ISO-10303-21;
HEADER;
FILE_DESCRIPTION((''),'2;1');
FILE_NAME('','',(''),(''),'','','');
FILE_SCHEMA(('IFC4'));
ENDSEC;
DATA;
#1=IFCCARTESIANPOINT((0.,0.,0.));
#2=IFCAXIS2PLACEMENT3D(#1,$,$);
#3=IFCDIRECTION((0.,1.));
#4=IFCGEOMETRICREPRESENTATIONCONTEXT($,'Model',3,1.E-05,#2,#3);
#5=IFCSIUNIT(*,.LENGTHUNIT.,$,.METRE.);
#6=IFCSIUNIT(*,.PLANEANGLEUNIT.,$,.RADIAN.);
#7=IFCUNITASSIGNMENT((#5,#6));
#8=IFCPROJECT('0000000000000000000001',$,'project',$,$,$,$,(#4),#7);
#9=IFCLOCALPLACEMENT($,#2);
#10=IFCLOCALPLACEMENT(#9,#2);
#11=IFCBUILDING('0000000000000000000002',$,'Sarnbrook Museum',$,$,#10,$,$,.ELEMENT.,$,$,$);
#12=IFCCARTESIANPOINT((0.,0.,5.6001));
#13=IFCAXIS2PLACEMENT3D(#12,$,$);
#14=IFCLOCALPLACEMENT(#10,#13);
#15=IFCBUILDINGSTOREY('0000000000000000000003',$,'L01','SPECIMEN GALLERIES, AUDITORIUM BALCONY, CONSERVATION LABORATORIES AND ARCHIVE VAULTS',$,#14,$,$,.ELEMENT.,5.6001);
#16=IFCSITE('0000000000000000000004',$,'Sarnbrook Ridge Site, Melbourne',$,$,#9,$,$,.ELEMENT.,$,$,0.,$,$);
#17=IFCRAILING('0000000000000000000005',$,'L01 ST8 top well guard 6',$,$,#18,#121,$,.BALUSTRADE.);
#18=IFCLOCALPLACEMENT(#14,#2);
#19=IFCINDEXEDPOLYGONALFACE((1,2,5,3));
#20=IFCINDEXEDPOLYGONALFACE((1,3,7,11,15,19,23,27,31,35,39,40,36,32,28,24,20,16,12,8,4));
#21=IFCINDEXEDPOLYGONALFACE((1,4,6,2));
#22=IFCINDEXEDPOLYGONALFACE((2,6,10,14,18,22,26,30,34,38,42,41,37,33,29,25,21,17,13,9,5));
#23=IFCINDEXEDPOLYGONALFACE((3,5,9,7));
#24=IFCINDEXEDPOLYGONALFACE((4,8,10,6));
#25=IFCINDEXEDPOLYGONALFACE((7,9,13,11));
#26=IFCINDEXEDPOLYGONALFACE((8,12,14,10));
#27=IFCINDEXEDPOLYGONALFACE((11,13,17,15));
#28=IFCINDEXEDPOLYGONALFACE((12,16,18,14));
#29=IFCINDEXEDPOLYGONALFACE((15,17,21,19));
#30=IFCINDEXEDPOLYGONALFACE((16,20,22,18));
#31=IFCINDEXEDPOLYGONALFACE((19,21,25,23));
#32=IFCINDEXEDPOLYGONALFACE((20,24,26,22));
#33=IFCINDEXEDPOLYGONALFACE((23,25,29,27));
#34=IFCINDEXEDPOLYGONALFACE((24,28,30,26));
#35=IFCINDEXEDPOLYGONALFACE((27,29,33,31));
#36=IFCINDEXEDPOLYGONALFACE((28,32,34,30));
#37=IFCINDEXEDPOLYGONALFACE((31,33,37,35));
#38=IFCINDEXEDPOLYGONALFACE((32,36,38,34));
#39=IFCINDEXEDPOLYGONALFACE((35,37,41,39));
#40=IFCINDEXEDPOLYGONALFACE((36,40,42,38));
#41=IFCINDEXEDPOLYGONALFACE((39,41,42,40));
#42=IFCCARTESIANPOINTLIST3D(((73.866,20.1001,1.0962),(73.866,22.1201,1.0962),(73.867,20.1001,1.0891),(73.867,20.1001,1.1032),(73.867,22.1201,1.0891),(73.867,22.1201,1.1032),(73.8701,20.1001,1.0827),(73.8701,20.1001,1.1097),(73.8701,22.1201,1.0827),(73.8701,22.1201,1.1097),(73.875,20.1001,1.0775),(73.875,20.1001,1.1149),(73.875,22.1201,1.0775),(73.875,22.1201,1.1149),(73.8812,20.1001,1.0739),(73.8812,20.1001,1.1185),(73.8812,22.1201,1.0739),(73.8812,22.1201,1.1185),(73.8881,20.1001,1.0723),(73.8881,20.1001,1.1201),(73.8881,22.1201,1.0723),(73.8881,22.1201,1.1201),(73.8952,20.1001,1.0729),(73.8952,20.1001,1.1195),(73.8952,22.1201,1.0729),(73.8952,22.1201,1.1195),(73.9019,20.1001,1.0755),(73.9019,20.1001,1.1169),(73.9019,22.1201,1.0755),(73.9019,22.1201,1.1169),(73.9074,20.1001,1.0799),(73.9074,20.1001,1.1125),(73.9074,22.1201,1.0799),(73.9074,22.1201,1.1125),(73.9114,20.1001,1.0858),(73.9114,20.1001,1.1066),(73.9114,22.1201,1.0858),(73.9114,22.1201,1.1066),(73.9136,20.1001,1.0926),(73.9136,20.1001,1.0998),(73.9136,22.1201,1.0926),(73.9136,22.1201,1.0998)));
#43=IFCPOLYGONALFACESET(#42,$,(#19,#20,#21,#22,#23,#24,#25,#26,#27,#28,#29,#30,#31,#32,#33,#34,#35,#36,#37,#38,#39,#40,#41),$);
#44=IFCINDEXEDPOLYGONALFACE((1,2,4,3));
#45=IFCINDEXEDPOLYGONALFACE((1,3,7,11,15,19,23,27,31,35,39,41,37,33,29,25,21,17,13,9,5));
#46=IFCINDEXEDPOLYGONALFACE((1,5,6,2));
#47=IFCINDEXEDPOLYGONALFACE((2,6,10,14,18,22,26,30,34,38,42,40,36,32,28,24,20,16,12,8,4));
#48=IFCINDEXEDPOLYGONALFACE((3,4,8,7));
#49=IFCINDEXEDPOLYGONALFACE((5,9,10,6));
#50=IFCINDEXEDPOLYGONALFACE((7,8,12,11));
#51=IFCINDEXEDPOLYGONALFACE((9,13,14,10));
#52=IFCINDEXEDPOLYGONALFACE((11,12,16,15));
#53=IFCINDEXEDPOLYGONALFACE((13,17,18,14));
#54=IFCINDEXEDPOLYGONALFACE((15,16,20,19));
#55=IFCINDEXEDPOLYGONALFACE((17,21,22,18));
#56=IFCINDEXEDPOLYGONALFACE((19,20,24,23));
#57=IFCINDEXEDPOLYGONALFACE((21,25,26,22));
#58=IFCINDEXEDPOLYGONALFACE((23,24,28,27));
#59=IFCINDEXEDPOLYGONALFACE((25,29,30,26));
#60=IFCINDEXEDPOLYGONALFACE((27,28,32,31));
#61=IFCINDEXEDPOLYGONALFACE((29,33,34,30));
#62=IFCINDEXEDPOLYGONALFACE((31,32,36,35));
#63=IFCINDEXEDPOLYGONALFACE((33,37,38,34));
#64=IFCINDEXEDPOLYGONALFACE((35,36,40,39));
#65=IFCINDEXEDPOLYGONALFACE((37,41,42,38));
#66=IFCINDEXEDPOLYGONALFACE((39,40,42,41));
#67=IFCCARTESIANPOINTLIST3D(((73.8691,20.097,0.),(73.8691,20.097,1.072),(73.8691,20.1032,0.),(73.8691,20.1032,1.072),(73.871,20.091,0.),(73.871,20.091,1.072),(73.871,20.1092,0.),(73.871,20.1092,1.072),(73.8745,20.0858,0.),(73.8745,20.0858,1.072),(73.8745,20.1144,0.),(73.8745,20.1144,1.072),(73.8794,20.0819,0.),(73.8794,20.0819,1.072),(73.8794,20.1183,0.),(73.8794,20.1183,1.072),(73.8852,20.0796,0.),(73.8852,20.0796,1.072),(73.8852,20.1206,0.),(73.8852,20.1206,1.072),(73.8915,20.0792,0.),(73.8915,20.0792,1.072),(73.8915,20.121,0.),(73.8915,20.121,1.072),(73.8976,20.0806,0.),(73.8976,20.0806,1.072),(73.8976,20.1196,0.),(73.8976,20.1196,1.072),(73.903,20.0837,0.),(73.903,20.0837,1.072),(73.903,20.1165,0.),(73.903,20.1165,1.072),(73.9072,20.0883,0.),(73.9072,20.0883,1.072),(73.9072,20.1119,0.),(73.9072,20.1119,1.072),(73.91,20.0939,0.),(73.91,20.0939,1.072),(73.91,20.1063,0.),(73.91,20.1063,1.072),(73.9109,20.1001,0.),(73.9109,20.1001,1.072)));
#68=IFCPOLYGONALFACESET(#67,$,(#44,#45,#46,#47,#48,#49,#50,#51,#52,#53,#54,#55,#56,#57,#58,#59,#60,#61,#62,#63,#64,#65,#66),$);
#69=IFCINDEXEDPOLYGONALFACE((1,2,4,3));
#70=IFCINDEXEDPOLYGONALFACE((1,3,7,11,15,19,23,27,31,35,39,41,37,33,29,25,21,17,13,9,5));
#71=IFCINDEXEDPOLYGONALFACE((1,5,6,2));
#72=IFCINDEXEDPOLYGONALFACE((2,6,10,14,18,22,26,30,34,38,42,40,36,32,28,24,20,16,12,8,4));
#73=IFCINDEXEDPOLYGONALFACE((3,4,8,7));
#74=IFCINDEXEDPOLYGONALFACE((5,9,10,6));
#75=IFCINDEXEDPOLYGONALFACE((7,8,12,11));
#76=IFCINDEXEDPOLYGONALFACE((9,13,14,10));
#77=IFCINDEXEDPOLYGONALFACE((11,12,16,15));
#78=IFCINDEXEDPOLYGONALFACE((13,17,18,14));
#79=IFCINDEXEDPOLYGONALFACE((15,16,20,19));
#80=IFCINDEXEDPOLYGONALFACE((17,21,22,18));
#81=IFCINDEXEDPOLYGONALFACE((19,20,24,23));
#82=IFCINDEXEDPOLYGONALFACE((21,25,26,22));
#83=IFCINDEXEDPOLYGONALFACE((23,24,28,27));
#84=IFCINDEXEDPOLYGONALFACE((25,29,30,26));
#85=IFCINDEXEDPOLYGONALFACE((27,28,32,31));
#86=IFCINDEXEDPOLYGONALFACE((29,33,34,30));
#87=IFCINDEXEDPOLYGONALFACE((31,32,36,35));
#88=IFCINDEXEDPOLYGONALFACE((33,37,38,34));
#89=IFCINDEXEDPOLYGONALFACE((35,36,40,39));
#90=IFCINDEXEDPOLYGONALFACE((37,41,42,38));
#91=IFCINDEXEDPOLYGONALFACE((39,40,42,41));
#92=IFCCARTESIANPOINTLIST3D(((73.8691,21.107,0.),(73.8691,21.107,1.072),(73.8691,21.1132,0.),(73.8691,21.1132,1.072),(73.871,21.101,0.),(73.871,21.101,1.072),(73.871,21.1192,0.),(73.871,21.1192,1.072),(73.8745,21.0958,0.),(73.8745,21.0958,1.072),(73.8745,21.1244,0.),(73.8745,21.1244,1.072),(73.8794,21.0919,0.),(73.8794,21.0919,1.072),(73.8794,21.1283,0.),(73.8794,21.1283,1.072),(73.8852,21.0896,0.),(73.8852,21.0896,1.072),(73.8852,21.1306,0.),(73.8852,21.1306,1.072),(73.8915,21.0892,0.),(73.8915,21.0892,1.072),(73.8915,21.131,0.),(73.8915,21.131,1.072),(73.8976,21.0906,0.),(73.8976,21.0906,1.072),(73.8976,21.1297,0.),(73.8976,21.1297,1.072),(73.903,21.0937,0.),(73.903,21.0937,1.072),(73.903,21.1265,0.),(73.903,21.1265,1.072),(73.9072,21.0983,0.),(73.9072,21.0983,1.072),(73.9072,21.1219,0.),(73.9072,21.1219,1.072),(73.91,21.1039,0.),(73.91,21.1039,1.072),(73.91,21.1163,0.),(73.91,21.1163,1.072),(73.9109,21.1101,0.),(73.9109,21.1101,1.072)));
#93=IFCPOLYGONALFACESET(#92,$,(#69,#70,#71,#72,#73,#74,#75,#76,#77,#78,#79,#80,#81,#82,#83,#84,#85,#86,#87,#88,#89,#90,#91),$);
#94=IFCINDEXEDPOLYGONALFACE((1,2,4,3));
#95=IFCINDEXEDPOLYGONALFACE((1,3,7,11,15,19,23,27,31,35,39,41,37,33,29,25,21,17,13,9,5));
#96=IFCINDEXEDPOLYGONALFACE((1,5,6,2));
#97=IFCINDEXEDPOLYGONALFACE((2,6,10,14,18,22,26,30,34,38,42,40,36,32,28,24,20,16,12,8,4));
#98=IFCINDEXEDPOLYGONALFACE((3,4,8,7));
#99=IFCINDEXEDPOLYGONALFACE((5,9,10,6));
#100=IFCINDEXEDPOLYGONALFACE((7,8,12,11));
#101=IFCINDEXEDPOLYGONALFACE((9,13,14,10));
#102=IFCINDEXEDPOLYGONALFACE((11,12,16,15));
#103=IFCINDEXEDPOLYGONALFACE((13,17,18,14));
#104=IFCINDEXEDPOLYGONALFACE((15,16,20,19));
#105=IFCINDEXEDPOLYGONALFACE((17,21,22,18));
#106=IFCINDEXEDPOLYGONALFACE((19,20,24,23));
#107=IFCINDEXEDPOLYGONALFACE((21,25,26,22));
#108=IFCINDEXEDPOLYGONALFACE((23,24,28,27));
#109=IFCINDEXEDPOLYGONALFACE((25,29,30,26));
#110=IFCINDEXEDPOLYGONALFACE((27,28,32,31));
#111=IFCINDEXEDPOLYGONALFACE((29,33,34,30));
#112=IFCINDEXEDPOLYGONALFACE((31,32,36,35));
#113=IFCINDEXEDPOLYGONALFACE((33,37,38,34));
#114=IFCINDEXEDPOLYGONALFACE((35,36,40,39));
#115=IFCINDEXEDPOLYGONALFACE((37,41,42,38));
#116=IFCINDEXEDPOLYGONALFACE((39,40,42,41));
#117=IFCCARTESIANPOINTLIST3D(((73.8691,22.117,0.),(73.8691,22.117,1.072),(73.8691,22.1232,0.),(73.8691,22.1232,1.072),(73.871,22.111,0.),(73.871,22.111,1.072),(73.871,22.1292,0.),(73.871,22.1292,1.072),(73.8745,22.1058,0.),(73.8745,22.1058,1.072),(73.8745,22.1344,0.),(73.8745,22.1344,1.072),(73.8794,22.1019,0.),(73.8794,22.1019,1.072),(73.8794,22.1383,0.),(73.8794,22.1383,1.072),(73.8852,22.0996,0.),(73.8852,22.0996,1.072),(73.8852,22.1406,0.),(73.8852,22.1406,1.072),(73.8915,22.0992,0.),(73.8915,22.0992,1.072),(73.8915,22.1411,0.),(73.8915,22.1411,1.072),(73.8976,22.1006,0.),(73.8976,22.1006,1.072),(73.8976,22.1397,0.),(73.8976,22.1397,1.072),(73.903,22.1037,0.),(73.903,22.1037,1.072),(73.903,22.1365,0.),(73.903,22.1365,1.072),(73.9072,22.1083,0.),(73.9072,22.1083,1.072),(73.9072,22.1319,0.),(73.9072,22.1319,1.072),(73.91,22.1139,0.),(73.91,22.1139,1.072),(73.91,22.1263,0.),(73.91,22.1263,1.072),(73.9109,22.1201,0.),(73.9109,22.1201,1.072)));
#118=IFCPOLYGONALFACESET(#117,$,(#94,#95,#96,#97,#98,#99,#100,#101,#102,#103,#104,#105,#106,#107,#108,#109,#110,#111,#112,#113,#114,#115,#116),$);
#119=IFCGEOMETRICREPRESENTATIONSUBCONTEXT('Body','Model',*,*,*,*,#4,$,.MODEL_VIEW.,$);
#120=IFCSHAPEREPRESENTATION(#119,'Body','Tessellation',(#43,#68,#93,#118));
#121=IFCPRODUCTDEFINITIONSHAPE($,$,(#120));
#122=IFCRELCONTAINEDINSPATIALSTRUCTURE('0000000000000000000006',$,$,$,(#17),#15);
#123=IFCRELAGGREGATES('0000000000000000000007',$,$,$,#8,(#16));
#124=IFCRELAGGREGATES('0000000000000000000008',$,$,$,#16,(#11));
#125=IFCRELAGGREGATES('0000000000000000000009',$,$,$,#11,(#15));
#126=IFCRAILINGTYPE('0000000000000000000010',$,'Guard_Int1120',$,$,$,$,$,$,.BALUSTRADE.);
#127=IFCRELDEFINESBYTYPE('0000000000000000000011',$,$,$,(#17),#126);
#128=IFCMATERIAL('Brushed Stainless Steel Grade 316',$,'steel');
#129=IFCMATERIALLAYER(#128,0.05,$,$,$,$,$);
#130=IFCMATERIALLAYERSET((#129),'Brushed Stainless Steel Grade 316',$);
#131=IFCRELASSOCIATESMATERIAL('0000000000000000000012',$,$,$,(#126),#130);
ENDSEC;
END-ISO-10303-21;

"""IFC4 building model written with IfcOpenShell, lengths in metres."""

from ifc_helpers import new_model, si_unit, direction, frame, origin, origin_2d, place, context, subcontext, project, spatial, circle, extrude, material, layer, layer_set, type_object, element, save


model = new_model("IFC4")

# Units and contexts
model_context = context("Model", 3, precision=1e-05, world=origin(), true_north=direction((0.0, 1.0)))
body_context = subcontext(model_context, "Body", "Model", "MODEL_VIEW")
ifc_project = project(units=[si_unit("LENGTHUNIT", "METRE"), si_unit("PLANEANGLEUNIT", "RADIAN")], contexts=[model_context])

# Site, building, storey
site_placement = place(None, origin())
site = spatial("IfcSite", under=ifc_project, at=site_placement, Name="Sarnbrook Ridge Site, Melbourne", CompositionType="ELEMENT", RefElevation=0.0)
building_placement = place(site_placement, origin())
building = spatial("IfcBuilding", under=site, at=building_placement, Name="Sarnbrook Museum", CompositionType="ELEMENT")
storey_placement = place(building_placement, frame((0.0, 0.0, 5.6001)))
storey = spatial("IfcBuildingStorey", under=building, at=storey_placement, Name="L01", Description="SPECIMEN GALLERIES, AUDITORIUM BALCONY, CONSERVATION LABORATORIES AND ARCHIVE VAULTS", CompositionType="ELEMENT", Elevation=5.6001)

# Railing
ifc_material_1 = material(Name="Brushed Stainless Steel Grade 316", Category="steel")
ifc_layer_1 = layer(ifc_material_1, 0.05)
ifc_layer_set_1 = layer_set([ifc_layer_1], Name="Brushed Stainless Steel Grade 316")
railing_type = type_object("IfcRailingType", Name="Guard_Int1120", PredefinedType="BALUSTRADE", material=ifc_layer_set_1)
for number, where, name in (
    (1, (73.8899, 20.1001, 0.0), "L01 ST8 top well guard 6"),
):
    element("IfcRailing", number, at=place(storey_placement, frame(where)), inside=storey, type_object=railing_type, Name=name, PredefinedType="BALUSTRADE", context=body_context, shape_type="SweptSolid", body=[
        extrude(circle(Radius=0.0239, at=origin_2d()), frame((0.0, 0.0, 1.0962), z_axis=(0.0, 1.0, 0.0), x_axis=(-1.0, 0.0, 0.0)), (0.0, 0.0, 1.0), 2.02),
        extrude(circle(Radius=0.021, at=origin_2d()), origin(), (0.0, 0.0, 1.0), 1.072),
        extrude(circle(Radius=0.021, at=origin_2d()), frame((0.0, 1.01, 0.0)), (0.0, 0.0, 1.0), 1.072),
        extrude(circle(Radius=0.021, at=origin_2d()), frame((0.0, 2.02, 0.0)), (0.0, 0.0, 1.0), 1.072),
    ])

save(model, "model.ifc")
